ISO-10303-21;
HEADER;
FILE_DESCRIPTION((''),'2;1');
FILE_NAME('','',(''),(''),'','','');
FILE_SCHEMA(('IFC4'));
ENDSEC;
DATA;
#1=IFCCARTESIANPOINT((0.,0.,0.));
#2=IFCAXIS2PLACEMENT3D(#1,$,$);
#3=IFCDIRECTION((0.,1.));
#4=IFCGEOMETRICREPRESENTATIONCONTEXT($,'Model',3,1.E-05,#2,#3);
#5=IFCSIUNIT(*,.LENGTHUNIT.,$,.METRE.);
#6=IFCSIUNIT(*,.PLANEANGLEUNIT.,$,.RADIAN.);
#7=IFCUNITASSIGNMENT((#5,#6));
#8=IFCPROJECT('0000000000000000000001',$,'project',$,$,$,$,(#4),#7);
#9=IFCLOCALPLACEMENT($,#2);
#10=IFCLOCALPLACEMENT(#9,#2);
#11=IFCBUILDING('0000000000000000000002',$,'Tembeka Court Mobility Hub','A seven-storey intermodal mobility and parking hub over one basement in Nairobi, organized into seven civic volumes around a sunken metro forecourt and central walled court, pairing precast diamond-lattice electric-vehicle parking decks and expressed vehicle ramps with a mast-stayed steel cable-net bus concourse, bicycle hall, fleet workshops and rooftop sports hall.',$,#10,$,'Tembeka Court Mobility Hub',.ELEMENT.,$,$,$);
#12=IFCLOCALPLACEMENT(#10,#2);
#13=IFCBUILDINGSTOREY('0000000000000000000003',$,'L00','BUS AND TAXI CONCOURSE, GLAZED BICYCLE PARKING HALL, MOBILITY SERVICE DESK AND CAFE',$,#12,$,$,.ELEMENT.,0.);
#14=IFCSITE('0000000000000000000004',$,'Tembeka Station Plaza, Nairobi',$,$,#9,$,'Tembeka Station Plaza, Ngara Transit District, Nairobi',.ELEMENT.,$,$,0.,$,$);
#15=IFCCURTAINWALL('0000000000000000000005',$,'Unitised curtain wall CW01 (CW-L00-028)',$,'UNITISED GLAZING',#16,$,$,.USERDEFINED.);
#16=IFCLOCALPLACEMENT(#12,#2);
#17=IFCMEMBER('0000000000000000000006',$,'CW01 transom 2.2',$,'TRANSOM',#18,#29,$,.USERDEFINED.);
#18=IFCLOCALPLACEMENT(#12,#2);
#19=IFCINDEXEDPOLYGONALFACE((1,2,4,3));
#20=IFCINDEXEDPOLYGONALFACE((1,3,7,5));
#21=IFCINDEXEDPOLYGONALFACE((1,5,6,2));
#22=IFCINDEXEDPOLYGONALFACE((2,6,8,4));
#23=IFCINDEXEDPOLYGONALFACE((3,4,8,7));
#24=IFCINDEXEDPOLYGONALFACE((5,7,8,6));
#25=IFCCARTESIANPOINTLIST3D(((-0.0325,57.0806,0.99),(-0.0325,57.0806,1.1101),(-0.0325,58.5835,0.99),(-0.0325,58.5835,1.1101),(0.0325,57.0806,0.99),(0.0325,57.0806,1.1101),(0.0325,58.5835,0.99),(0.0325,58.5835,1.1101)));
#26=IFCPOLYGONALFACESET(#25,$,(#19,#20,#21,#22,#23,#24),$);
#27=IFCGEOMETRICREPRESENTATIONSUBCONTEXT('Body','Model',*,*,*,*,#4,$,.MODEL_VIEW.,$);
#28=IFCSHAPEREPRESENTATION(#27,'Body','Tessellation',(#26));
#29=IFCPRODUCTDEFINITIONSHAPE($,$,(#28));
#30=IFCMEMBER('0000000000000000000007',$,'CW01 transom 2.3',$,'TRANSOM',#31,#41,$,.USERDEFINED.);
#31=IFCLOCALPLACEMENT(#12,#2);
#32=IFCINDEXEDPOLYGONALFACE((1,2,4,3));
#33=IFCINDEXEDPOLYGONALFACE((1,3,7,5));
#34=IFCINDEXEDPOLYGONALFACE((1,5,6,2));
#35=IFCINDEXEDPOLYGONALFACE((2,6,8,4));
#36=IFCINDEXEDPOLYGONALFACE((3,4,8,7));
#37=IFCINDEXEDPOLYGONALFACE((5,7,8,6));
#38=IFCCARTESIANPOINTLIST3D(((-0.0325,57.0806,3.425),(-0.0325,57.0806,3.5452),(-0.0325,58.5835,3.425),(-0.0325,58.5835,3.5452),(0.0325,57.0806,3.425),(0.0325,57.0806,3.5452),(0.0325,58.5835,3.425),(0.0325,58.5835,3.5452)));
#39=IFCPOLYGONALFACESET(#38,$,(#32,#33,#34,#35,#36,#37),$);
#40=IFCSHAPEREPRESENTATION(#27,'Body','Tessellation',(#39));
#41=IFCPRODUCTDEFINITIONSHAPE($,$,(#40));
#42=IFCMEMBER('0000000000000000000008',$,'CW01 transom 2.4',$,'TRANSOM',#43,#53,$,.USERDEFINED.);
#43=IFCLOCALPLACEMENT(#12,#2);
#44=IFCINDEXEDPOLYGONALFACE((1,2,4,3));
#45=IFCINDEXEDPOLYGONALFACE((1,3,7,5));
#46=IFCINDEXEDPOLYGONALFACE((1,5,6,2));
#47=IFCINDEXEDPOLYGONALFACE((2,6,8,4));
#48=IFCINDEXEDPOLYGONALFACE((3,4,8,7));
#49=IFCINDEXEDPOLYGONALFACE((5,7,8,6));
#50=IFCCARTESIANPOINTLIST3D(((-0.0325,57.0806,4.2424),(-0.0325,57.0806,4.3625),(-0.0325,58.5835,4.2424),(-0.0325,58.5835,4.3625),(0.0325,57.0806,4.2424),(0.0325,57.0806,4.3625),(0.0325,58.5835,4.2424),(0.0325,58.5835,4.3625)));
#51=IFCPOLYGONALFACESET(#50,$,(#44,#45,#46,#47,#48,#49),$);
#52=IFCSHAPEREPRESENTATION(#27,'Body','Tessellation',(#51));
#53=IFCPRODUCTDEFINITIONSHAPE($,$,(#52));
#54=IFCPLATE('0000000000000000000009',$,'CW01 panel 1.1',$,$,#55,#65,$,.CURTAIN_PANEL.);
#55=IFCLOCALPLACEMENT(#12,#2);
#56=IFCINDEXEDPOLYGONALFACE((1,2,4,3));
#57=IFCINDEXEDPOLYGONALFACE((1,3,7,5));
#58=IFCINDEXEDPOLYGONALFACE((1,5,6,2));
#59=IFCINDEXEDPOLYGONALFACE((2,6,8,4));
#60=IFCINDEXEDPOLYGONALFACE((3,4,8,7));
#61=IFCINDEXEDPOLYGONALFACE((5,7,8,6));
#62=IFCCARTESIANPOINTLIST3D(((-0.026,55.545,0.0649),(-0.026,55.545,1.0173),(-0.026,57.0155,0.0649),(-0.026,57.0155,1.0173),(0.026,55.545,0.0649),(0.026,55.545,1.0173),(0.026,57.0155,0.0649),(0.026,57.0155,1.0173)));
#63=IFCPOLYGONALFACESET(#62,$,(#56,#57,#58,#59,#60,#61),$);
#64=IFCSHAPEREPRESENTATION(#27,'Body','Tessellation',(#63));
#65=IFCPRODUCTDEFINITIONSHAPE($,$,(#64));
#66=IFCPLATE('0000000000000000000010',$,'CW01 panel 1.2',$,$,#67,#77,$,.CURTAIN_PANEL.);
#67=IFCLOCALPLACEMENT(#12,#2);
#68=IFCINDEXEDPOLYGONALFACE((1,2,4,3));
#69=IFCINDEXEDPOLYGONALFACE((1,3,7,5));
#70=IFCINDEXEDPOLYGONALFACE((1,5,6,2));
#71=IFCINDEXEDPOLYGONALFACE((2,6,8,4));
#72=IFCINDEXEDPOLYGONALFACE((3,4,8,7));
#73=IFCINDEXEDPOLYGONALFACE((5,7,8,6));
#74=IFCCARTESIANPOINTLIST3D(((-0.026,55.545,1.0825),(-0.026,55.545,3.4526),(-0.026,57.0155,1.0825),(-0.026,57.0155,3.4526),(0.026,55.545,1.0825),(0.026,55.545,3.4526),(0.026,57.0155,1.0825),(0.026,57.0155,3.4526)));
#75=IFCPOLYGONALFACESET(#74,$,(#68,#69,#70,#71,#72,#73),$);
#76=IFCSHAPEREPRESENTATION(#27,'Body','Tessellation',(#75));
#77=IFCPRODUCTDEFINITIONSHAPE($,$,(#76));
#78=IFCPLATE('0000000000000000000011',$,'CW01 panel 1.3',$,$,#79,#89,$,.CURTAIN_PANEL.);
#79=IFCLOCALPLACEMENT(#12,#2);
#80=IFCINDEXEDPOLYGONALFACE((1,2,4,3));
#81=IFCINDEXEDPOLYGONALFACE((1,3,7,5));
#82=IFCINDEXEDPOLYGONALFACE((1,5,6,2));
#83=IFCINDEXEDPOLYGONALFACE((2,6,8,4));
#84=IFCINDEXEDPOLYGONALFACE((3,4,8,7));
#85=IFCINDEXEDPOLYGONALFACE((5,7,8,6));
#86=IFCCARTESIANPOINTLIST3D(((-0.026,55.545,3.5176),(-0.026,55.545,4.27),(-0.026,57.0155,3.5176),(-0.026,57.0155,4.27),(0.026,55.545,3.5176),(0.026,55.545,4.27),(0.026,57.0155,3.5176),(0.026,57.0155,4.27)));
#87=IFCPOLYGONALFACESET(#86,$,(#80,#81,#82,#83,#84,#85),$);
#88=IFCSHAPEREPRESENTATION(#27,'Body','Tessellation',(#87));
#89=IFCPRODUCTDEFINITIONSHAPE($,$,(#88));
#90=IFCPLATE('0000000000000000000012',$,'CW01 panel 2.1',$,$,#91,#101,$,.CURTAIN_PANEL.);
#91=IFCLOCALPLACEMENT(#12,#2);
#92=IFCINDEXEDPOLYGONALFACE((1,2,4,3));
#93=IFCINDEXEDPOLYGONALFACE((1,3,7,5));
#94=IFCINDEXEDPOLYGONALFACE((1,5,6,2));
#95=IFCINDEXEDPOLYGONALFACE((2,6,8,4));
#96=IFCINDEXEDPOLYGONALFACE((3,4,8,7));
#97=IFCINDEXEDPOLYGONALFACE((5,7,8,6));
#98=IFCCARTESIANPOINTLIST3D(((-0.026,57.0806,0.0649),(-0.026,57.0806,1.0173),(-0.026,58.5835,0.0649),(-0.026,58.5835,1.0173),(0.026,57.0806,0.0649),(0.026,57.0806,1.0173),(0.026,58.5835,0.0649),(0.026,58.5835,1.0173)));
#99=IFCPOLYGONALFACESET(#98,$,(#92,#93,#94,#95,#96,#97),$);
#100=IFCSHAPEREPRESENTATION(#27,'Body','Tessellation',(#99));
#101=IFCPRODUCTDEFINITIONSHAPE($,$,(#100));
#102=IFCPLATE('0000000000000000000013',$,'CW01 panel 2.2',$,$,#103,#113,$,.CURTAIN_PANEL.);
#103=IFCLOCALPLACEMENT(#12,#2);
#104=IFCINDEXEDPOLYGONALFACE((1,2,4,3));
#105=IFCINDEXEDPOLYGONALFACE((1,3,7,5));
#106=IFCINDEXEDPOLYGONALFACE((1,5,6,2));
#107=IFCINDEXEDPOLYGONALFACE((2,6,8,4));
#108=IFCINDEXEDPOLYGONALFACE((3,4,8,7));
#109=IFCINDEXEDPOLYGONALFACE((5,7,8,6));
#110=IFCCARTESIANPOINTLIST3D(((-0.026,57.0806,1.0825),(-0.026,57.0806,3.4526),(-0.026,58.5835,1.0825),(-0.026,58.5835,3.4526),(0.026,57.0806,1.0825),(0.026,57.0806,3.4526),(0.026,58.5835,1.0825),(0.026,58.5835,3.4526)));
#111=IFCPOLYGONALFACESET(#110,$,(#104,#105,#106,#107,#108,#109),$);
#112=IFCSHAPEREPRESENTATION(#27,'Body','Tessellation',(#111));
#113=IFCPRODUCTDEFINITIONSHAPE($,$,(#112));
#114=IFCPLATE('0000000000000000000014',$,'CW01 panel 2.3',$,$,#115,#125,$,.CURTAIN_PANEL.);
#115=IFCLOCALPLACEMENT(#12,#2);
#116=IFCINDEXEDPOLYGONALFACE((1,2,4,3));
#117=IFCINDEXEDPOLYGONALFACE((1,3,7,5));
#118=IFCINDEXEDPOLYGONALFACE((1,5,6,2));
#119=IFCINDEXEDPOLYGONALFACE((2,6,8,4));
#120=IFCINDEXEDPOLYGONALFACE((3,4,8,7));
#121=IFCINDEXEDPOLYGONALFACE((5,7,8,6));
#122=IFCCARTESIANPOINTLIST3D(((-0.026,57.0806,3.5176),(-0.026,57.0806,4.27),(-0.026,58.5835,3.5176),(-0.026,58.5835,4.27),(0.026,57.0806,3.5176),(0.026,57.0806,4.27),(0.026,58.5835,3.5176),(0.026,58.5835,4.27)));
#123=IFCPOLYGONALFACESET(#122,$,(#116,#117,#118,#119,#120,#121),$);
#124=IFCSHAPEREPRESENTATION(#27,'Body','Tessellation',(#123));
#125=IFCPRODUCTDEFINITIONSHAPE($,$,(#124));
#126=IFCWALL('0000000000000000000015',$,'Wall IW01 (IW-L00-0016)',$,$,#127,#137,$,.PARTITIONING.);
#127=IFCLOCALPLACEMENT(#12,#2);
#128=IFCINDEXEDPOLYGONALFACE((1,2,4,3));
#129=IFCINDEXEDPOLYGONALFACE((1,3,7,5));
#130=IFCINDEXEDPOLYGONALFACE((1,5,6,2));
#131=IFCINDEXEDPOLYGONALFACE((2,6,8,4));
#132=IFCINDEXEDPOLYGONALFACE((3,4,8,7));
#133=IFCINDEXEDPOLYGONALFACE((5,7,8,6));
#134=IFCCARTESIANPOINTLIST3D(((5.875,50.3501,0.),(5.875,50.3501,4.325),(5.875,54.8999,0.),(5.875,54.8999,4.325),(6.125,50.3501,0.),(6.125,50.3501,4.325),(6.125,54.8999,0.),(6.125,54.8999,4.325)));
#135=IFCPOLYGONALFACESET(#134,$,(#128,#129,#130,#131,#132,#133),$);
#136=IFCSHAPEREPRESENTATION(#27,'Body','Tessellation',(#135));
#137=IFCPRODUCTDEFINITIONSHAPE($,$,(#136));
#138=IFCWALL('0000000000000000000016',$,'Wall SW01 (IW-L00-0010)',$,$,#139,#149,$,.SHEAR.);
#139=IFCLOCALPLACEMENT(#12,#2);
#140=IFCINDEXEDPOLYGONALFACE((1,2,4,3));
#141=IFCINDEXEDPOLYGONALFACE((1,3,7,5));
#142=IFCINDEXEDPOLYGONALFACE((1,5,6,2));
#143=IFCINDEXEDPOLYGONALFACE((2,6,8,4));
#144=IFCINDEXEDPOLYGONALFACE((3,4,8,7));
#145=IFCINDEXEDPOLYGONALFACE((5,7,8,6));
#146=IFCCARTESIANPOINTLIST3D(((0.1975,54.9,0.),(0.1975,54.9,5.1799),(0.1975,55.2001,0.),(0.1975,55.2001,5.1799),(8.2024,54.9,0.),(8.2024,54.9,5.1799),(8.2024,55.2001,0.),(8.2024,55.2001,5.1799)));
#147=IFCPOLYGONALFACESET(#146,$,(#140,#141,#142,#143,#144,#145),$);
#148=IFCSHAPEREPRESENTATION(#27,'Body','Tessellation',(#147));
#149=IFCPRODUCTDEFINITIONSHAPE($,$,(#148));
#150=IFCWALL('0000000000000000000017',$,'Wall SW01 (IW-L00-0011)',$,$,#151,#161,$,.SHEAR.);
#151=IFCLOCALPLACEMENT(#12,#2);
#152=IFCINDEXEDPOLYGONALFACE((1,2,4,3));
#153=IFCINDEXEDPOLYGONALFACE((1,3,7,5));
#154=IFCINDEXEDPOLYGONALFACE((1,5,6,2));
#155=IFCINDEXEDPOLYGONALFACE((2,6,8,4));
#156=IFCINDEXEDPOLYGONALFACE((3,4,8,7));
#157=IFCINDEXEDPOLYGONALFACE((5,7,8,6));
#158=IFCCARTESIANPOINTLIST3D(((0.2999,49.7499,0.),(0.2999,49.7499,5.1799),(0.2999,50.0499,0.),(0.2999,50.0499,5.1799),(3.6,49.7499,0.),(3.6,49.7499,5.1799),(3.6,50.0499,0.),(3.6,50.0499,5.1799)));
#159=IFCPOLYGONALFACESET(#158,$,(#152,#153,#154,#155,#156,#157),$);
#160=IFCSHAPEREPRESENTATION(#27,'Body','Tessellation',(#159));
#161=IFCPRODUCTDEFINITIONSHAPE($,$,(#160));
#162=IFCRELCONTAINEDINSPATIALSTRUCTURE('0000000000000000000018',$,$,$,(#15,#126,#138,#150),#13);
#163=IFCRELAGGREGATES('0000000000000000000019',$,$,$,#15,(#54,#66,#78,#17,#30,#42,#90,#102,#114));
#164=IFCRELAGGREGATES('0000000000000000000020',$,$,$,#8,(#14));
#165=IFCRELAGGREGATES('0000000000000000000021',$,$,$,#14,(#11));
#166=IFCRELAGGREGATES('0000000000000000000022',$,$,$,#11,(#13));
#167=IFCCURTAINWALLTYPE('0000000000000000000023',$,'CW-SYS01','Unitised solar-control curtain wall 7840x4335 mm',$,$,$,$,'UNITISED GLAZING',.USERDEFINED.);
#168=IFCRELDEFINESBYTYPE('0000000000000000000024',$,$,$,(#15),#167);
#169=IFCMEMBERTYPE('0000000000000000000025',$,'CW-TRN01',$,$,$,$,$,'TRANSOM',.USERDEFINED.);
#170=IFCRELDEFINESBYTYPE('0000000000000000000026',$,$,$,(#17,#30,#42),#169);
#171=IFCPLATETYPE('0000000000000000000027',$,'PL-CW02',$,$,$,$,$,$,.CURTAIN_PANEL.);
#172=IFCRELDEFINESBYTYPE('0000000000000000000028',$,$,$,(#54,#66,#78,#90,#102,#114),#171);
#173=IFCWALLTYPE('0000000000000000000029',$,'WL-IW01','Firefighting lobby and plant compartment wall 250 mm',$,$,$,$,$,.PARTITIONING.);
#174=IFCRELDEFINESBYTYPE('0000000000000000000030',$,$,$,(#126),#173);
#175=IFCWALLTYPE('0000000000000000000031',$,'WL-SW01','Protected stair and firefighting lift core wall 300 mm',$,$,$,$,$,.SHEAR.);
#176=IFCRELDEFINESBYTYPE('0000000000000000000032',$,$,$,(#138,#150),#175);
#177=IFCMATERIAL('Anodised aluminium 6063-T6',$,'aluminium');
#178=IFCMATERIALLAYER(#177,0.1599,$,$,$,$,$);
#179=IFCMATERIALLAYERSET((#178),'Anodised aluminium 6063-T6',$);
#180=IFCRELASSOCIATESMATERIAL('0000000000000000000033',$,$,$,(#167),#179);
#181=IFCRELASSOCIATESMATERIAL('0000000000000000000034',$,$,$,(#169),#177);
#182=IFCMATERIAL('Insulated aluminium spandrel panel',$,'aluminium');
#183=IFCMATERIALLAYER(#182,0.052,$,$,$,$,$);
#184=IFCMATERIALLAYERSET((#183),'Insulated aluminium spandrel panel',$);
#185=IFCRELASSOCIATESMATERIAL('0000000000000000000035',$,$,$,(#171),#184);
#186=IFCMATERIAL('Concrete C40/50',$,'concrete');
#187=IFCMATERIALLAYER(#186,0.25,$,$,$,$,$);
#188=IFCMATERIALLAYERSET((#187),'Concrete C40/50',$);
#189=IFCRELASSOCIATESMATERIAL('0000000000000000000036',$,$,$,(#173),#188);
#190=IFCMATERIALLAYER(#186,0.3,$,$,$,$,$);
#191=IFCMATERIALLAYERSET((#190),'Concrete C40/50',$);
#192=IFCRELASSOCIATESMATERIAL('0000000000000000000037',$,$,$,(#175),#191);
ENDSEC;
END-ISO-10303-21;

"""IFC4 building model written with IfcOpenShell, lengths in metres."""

from ifc_helpers import new_model, si_unit, direction, frame, frame_2d, origin, origin_2d, place, context, subcontext, project, spatial, rectangle, extrude, material, layer, layer_set, material_profile, profile_set, type_object, element, aggregate, save


model = new_model("IFC4")

# Units and contexts
model_context = context("Model", 3, precision=1e-05, world=origin(), true_north=direction((0.0, 1.0)))
body_context = subcontext(model_context, "Body", "Model", "MODEL_VIEW")
ifc_project = project(units=[si_unit("LENGTHUNIT", "METRE"), si_unit("PLANEANGLEUNIT", "RADIAN")], contexts=[model_context])

# Site, building, storey
site_placement = place(None, origin())
site = spatial("IfcSite", under=ifc_project, at=site_placement, Name="Tembeka Station Plaza, Nairobi", LongName="Tembeka Station Plaza, Ngara Transit District, Nairobi", CompositionType="ELEMENT", RefElevation=0.0)
building_placement = place(site_placement, origin())
building = spatial("IfcBuilding", under=site, at=building_placement, Name="Tembeka Court Mobility Hub", Description="A seven-storey intermodal mobility and parking hub over one basement in Nairobi, organized into seven civic volumes around a sunken metro forecourt and central walled court, pairing precast diamond-lattice electric-vehicle parking decks and expressed vehicle ramps with a mast-stayed steel cable-net bus concourse, bicycle hall, fleet workshops and rooftop sports hall.", LongName="Tembeka Court Mobility Hub", CompositionType="ELEMENT")
storey_placement = place(building_placement, origin())
storey = spatial("IfcBuildingStorey", under=building, at=storey_placement, Name="L00", Description="BUS AND TAXI CONCOURSE, GLAZED BICYCLE PARKING HALL, MOBILITY SERVICE DESK AND CAFE", CompositionType="ELEMENT", Elevation=0.0)

# Curtain wall, members, plates
ifc_material_1 = material(Name="Anodised aluminium 6063-T6", Category="aluminium")
ifc_layer_1 = layer(ifc_material_1, 0.1599)
ifc_layer_set_1 = layer_set([ifc_layer_1], Name="Anodised aluminium 6063-T6")
curtain_wall_type = type_object("IfcCurtainWallType", Name="CW-SYS01", Description="Unitised solar-control curtain wall 7840x4335 mm", ElementType="UNITISED GLAZING", PredefinedType="USERDEFINED", material=ifc_layer_set_1)
curtain_wall_placement = place(storey_placement, origin())
curtain_wall = element("IfcCurtainWall", 1, at=curtain_wall_placement, inside=storey, type_object=curtain_wall_type, Name="Unitised curtain wall CW01 (CW-L00-028)", ObjectType="UNITISED GLAZING", PredefinedType="USERDEFINED")
ifc_material_profile_1 = material_profile(ifc_material_1, rectangle(XDim=0.0649, YDim=0.1201, at=origin_2d()), Name="ALU-TRN 65x120")
ifc_profile_set_1 = profile_set([ifc_material_profile_1], Name="Anodised aluminium 6063-T6")
member_type_1 = type_object("IfcMemberType", Name="CW-TRN01", ElementType="TRANSOM", PredefinedType="USERDEFINED", material=ifc_profile_set_1)
member_1_placement = place(storey_placement, frame((0.0, 57.0806, 1.05), z_axis=(0.0, 1.0, 0.0), x_axis=(-1.0, 0.0, 0.0)))
member_1 = element("IfcMember", 2, at=member_1_placement, type_object=member_type_1, Name="CW01 transom 2.2", ObjectType="TRANSOM", PredefinedType="USERDEFINED", context=body_context, shape_type="SweptSolid", body=[
    extrude(rectangle(XDim=0.0649, YDim=0.1201, at=origin_2d()), origin(), (0.0, 0.0, 1.0), 1.5029),
])
member_2_placement = place(storey_placement, frame((0.0, 57.0806, 3.4851), z_axis=(0.0, 1.0, 0.0), x_axis=(-1.0, 0.0, 0.0)))
member_2 = element("IfcMember", 3, at=member_2_placement, type_object=member_type_1, Name="CW01 transom 2.3", ObjectType="TRANSOM", PredefinedType="USERDEFINED", context=body_context, shape_type="SweptSolid", body=[
    extrude(rectangle(XDim=0.0649, YDim=0.1201, at=origin_2d()), origin(), (0.0, 0.0, 1.0), 1.5029),
])
member_3_placement = place(storey_placement, frame((0.0, 57.0806, 4.3025), z_axis=(0.0, 1.0, 0.0), x_axis=(-1.0, 0.0, 0.0)))
member_3 = element("IfcMember", 4, at=member_3_placement, type_object=member_type_1, Name="CW01 transom 2.4", ObjectType="TRANSOM", PredefinedType="USERDEFINED", context=body_context, shape_type="SweptSolid", body=[
    extrude(rectangle(XDim=0.0649, YDim=0.1201, at=origin_2d()), origin(), (0.0, 0.0, 1.0), 1.5029),
])
ifc_material_2 = material(Name="Insulated aluminium spandrel panel", Category="aluminium")
ifc_layer_2 = layer(ifc_material_2, 0.052)
ifc_layer_set_2 = layer_set([ifc_layer_2], Name="Insulated aluminium spandrel panel")
plate_type = type_object("IfcPlateType", Name="PL-CW02", PredefinedType="CURTAIN_PANEL", material=ifc_layer_set_2)
plate_1_placement = place(storey_placement, frame((0.0, 56.2803, 0.0649), z_axis=(0.0, 0.0, 1.0), x_axis=(0.0, 1.0, 0.0)))
plate_1 = element("IfcPlate", 5, at=plate_1_placement, type_object=plate_type, Name="CW01 panel 1.1", PredefinedType="CURTAIN_PANEL", context=body_context, shape_type="SweptSolid", body=[
    extrude(rectangle(XDim=1.4705, YDim=0.052, at=origin_2d()), origin(), (0.0, 0.0, 1.0), 0.9524),
])
plate_2_placement = place(storey_placement, frame((0.0, 56.2803, 1.0825), z_axis=(0.0, 0.0, 1.0), x_axis=(0.0, 1.0, 0.0)))
plate_2 = element("IfcPlate", 6, at=plate_2_placement, type_object=plate_type, Name="CW01 panel 1.2", PredefinedType="CURTAIN_PANEL", context=body_context, shape_type="SweptSolid", body=[
    extrude(rectangle(XDim=1.4705, YDim=0.052, at=origin_2d()), origin(), (0.0, 0.0, 1.0), 2.3701),
])
plate_3_placement = place(storey_placement, frame((0.0, 56.2803, 3.5176), z_axis=(0.0, 0.0, 1.0), x_axis=(0.0, 1.0, 0.0)))
plate_3 = element("IfcPlate", 7, at=plate_3_placement, type_object=plate_type, Name="CW01 panel 1.3", PredefinedType="CURTAIN_PANEL", context=body_context, shape_type="SweptSolid", body=[
    extrude(rectangle(XDim=1.4705, YDim=0.052, at=origin_2d()), origin(), (0.0, 0.0, 1.0), 0.7524),
])
plate_4_placement = place(storey_placement, frame((0.0, 57.832, 0.0649), z_axis=(0.0, 0.0, 1.0), x_axis=(0.0, 1.0, 0.0)))
plate_4 = element("IfcPlate", 8, at=plate_4_placement, type_object=plate_type, Name="CW01 panel 2.1", PredefinedType="CURTAIN_PANEL", context=body_context, shape_type="SweptSolid", body=[
    extrude(rectangle(XDim=1.5029, YDim=0.052, at=origin_2d()), origin(), (0.0, 0.0, 1.0), 0.9524),
])
plate_5_placement = place(storey_placement, frame((0.0, 57.832, 1.0825), z_axis=(0.0, 0.0, 1.0), x_axis=(0.0, 1.0, 0.0)))
plate_5 = element("IfcPlate", 9, at=plate_5_placement, type_object=plate_type, Name="CW01 panel 2.2", PredefinedType="CURTAIN_PANEL", context=body_context, shape_type="SweptSolid", body=[
    extrude(rectangle(XDim=1.5029, YDim=0.052, at=origin_2d()), origin(), (0.0, 0.0, 1.0), 2.3701),
])
plate_6_placement = place(storey_placement, frame((0.0, 57.832, 3.5176), z_axis=(0.0, 0.0, 1.0), x_axis=(0.0, 1.0, 0.0)))
plate_6 = element("IfcPlate", 10, at=plate_6_placement, type_object=plate_type, Name="CW01 panel 2.3", PredefinedType="CURTAIN_PANEL", context=body_context, shape_type="SweptSolid", body=[
    extrude(rectangle(XDim=1.5029, YDim=0.052, at=origin_2d()), origin(), (0.0, 0.0, 1.0), 0.7524),
])
aggregate(curtain_wall, [plate_1, plate_2, plate_3, member_1, member_2, member_3, plate_4, plate_5, plate_6])

# Walls
ifc_material_3 = material(Name="Concrete C40/50", Category="concrete")
ifc_layer_3 = layer(ifc_material_3, 0.25)
ifc_layer_set_3 = layer_set([ifc_layer_3], Name="Concrete C40/50")
wall_type_1 = type_object("IfcWallType", Name="WL-IW01", Description="Firefighting lobby and plant compartment wall 250 mm", PredefinedType="PARTITIONING", material=ifc_layer_set_3)
wall_1_placement = place(storey_placement, frame((6.0, 50.3501, 0.0), z_axis=(0.0, 0.0, 1.0), x_axis=(0.0, 1.0, 0.0)))
element("IfcWall", 11, at=wall_1_placement, inside=storey, type_object=wall_type_1, Name="Wall IW01 (IW-L00-0016)", PredefinedType="PARTITIONING", context=body_context, shape_type="SweptSolid", body=[
    extrude(rectangle(XDim=4.5498, YDim=0.25, at=frame_2d((2.2749, 0.0))), origin(), (0.0, 0.0, 1.0), 4.325),
])
ifc_layer_4 = layer(ifc_material_3, 0.3)
ifc_layer_set_4 = layer_set([ifc_layer_4], Name="Concrete C40/50")
wall_type_2 = type_object("IfcWallType", Name="WL-SW01", Description="Protected stair and firefighting lift core wall 300 mm", PredefinedType="SHEAR", material=ifc_layer_set_4)
wall_2_placement = place(storey_placement, frame((0.1975, 55.05, 0.0), z_axis=(0.0, 0.0, 1.0), x_axis=(1.0, 0.0, 0.0)))
element("IfcWall", 12, at=wall_2_placement, inside=storey, type_object=wall_type_2, Name="Wall SW01 (IW-L00-0010)", PredefinedType="SHEAR", context=body_context, shape_type="SweptSolid", body=[
    extrude(rectangle(XDim=8.0049, YDim=0.3, at=frame_2d((4.0024, 0.0))), origin(), (0.0, 0.0, 1.0), 5.1799),
])
wall_3_placement = place(storey_placement, frame((0.3, 49.8999, 0.0), z_axis=(0.0, 0.0, 1.0), x_axis=(1.0, 0.0, 0.0)))
element("IfcWall", 13, at=wall_3_placement, inside=storey, type_object=wall_type_2, Name="Wall SW01 (IW-L00-0011)", PredefinedType="SHEAR", context=body_context, shape_type="SweptSolid", body=[
    extrude(rectangle(XDim=3.3, YDim=0.3, at=frame_2d((1.6499, 0.0))), origin(), (0.0, 0.0, 1.0), 5.1799),
])

save(model, "model.ifc")
